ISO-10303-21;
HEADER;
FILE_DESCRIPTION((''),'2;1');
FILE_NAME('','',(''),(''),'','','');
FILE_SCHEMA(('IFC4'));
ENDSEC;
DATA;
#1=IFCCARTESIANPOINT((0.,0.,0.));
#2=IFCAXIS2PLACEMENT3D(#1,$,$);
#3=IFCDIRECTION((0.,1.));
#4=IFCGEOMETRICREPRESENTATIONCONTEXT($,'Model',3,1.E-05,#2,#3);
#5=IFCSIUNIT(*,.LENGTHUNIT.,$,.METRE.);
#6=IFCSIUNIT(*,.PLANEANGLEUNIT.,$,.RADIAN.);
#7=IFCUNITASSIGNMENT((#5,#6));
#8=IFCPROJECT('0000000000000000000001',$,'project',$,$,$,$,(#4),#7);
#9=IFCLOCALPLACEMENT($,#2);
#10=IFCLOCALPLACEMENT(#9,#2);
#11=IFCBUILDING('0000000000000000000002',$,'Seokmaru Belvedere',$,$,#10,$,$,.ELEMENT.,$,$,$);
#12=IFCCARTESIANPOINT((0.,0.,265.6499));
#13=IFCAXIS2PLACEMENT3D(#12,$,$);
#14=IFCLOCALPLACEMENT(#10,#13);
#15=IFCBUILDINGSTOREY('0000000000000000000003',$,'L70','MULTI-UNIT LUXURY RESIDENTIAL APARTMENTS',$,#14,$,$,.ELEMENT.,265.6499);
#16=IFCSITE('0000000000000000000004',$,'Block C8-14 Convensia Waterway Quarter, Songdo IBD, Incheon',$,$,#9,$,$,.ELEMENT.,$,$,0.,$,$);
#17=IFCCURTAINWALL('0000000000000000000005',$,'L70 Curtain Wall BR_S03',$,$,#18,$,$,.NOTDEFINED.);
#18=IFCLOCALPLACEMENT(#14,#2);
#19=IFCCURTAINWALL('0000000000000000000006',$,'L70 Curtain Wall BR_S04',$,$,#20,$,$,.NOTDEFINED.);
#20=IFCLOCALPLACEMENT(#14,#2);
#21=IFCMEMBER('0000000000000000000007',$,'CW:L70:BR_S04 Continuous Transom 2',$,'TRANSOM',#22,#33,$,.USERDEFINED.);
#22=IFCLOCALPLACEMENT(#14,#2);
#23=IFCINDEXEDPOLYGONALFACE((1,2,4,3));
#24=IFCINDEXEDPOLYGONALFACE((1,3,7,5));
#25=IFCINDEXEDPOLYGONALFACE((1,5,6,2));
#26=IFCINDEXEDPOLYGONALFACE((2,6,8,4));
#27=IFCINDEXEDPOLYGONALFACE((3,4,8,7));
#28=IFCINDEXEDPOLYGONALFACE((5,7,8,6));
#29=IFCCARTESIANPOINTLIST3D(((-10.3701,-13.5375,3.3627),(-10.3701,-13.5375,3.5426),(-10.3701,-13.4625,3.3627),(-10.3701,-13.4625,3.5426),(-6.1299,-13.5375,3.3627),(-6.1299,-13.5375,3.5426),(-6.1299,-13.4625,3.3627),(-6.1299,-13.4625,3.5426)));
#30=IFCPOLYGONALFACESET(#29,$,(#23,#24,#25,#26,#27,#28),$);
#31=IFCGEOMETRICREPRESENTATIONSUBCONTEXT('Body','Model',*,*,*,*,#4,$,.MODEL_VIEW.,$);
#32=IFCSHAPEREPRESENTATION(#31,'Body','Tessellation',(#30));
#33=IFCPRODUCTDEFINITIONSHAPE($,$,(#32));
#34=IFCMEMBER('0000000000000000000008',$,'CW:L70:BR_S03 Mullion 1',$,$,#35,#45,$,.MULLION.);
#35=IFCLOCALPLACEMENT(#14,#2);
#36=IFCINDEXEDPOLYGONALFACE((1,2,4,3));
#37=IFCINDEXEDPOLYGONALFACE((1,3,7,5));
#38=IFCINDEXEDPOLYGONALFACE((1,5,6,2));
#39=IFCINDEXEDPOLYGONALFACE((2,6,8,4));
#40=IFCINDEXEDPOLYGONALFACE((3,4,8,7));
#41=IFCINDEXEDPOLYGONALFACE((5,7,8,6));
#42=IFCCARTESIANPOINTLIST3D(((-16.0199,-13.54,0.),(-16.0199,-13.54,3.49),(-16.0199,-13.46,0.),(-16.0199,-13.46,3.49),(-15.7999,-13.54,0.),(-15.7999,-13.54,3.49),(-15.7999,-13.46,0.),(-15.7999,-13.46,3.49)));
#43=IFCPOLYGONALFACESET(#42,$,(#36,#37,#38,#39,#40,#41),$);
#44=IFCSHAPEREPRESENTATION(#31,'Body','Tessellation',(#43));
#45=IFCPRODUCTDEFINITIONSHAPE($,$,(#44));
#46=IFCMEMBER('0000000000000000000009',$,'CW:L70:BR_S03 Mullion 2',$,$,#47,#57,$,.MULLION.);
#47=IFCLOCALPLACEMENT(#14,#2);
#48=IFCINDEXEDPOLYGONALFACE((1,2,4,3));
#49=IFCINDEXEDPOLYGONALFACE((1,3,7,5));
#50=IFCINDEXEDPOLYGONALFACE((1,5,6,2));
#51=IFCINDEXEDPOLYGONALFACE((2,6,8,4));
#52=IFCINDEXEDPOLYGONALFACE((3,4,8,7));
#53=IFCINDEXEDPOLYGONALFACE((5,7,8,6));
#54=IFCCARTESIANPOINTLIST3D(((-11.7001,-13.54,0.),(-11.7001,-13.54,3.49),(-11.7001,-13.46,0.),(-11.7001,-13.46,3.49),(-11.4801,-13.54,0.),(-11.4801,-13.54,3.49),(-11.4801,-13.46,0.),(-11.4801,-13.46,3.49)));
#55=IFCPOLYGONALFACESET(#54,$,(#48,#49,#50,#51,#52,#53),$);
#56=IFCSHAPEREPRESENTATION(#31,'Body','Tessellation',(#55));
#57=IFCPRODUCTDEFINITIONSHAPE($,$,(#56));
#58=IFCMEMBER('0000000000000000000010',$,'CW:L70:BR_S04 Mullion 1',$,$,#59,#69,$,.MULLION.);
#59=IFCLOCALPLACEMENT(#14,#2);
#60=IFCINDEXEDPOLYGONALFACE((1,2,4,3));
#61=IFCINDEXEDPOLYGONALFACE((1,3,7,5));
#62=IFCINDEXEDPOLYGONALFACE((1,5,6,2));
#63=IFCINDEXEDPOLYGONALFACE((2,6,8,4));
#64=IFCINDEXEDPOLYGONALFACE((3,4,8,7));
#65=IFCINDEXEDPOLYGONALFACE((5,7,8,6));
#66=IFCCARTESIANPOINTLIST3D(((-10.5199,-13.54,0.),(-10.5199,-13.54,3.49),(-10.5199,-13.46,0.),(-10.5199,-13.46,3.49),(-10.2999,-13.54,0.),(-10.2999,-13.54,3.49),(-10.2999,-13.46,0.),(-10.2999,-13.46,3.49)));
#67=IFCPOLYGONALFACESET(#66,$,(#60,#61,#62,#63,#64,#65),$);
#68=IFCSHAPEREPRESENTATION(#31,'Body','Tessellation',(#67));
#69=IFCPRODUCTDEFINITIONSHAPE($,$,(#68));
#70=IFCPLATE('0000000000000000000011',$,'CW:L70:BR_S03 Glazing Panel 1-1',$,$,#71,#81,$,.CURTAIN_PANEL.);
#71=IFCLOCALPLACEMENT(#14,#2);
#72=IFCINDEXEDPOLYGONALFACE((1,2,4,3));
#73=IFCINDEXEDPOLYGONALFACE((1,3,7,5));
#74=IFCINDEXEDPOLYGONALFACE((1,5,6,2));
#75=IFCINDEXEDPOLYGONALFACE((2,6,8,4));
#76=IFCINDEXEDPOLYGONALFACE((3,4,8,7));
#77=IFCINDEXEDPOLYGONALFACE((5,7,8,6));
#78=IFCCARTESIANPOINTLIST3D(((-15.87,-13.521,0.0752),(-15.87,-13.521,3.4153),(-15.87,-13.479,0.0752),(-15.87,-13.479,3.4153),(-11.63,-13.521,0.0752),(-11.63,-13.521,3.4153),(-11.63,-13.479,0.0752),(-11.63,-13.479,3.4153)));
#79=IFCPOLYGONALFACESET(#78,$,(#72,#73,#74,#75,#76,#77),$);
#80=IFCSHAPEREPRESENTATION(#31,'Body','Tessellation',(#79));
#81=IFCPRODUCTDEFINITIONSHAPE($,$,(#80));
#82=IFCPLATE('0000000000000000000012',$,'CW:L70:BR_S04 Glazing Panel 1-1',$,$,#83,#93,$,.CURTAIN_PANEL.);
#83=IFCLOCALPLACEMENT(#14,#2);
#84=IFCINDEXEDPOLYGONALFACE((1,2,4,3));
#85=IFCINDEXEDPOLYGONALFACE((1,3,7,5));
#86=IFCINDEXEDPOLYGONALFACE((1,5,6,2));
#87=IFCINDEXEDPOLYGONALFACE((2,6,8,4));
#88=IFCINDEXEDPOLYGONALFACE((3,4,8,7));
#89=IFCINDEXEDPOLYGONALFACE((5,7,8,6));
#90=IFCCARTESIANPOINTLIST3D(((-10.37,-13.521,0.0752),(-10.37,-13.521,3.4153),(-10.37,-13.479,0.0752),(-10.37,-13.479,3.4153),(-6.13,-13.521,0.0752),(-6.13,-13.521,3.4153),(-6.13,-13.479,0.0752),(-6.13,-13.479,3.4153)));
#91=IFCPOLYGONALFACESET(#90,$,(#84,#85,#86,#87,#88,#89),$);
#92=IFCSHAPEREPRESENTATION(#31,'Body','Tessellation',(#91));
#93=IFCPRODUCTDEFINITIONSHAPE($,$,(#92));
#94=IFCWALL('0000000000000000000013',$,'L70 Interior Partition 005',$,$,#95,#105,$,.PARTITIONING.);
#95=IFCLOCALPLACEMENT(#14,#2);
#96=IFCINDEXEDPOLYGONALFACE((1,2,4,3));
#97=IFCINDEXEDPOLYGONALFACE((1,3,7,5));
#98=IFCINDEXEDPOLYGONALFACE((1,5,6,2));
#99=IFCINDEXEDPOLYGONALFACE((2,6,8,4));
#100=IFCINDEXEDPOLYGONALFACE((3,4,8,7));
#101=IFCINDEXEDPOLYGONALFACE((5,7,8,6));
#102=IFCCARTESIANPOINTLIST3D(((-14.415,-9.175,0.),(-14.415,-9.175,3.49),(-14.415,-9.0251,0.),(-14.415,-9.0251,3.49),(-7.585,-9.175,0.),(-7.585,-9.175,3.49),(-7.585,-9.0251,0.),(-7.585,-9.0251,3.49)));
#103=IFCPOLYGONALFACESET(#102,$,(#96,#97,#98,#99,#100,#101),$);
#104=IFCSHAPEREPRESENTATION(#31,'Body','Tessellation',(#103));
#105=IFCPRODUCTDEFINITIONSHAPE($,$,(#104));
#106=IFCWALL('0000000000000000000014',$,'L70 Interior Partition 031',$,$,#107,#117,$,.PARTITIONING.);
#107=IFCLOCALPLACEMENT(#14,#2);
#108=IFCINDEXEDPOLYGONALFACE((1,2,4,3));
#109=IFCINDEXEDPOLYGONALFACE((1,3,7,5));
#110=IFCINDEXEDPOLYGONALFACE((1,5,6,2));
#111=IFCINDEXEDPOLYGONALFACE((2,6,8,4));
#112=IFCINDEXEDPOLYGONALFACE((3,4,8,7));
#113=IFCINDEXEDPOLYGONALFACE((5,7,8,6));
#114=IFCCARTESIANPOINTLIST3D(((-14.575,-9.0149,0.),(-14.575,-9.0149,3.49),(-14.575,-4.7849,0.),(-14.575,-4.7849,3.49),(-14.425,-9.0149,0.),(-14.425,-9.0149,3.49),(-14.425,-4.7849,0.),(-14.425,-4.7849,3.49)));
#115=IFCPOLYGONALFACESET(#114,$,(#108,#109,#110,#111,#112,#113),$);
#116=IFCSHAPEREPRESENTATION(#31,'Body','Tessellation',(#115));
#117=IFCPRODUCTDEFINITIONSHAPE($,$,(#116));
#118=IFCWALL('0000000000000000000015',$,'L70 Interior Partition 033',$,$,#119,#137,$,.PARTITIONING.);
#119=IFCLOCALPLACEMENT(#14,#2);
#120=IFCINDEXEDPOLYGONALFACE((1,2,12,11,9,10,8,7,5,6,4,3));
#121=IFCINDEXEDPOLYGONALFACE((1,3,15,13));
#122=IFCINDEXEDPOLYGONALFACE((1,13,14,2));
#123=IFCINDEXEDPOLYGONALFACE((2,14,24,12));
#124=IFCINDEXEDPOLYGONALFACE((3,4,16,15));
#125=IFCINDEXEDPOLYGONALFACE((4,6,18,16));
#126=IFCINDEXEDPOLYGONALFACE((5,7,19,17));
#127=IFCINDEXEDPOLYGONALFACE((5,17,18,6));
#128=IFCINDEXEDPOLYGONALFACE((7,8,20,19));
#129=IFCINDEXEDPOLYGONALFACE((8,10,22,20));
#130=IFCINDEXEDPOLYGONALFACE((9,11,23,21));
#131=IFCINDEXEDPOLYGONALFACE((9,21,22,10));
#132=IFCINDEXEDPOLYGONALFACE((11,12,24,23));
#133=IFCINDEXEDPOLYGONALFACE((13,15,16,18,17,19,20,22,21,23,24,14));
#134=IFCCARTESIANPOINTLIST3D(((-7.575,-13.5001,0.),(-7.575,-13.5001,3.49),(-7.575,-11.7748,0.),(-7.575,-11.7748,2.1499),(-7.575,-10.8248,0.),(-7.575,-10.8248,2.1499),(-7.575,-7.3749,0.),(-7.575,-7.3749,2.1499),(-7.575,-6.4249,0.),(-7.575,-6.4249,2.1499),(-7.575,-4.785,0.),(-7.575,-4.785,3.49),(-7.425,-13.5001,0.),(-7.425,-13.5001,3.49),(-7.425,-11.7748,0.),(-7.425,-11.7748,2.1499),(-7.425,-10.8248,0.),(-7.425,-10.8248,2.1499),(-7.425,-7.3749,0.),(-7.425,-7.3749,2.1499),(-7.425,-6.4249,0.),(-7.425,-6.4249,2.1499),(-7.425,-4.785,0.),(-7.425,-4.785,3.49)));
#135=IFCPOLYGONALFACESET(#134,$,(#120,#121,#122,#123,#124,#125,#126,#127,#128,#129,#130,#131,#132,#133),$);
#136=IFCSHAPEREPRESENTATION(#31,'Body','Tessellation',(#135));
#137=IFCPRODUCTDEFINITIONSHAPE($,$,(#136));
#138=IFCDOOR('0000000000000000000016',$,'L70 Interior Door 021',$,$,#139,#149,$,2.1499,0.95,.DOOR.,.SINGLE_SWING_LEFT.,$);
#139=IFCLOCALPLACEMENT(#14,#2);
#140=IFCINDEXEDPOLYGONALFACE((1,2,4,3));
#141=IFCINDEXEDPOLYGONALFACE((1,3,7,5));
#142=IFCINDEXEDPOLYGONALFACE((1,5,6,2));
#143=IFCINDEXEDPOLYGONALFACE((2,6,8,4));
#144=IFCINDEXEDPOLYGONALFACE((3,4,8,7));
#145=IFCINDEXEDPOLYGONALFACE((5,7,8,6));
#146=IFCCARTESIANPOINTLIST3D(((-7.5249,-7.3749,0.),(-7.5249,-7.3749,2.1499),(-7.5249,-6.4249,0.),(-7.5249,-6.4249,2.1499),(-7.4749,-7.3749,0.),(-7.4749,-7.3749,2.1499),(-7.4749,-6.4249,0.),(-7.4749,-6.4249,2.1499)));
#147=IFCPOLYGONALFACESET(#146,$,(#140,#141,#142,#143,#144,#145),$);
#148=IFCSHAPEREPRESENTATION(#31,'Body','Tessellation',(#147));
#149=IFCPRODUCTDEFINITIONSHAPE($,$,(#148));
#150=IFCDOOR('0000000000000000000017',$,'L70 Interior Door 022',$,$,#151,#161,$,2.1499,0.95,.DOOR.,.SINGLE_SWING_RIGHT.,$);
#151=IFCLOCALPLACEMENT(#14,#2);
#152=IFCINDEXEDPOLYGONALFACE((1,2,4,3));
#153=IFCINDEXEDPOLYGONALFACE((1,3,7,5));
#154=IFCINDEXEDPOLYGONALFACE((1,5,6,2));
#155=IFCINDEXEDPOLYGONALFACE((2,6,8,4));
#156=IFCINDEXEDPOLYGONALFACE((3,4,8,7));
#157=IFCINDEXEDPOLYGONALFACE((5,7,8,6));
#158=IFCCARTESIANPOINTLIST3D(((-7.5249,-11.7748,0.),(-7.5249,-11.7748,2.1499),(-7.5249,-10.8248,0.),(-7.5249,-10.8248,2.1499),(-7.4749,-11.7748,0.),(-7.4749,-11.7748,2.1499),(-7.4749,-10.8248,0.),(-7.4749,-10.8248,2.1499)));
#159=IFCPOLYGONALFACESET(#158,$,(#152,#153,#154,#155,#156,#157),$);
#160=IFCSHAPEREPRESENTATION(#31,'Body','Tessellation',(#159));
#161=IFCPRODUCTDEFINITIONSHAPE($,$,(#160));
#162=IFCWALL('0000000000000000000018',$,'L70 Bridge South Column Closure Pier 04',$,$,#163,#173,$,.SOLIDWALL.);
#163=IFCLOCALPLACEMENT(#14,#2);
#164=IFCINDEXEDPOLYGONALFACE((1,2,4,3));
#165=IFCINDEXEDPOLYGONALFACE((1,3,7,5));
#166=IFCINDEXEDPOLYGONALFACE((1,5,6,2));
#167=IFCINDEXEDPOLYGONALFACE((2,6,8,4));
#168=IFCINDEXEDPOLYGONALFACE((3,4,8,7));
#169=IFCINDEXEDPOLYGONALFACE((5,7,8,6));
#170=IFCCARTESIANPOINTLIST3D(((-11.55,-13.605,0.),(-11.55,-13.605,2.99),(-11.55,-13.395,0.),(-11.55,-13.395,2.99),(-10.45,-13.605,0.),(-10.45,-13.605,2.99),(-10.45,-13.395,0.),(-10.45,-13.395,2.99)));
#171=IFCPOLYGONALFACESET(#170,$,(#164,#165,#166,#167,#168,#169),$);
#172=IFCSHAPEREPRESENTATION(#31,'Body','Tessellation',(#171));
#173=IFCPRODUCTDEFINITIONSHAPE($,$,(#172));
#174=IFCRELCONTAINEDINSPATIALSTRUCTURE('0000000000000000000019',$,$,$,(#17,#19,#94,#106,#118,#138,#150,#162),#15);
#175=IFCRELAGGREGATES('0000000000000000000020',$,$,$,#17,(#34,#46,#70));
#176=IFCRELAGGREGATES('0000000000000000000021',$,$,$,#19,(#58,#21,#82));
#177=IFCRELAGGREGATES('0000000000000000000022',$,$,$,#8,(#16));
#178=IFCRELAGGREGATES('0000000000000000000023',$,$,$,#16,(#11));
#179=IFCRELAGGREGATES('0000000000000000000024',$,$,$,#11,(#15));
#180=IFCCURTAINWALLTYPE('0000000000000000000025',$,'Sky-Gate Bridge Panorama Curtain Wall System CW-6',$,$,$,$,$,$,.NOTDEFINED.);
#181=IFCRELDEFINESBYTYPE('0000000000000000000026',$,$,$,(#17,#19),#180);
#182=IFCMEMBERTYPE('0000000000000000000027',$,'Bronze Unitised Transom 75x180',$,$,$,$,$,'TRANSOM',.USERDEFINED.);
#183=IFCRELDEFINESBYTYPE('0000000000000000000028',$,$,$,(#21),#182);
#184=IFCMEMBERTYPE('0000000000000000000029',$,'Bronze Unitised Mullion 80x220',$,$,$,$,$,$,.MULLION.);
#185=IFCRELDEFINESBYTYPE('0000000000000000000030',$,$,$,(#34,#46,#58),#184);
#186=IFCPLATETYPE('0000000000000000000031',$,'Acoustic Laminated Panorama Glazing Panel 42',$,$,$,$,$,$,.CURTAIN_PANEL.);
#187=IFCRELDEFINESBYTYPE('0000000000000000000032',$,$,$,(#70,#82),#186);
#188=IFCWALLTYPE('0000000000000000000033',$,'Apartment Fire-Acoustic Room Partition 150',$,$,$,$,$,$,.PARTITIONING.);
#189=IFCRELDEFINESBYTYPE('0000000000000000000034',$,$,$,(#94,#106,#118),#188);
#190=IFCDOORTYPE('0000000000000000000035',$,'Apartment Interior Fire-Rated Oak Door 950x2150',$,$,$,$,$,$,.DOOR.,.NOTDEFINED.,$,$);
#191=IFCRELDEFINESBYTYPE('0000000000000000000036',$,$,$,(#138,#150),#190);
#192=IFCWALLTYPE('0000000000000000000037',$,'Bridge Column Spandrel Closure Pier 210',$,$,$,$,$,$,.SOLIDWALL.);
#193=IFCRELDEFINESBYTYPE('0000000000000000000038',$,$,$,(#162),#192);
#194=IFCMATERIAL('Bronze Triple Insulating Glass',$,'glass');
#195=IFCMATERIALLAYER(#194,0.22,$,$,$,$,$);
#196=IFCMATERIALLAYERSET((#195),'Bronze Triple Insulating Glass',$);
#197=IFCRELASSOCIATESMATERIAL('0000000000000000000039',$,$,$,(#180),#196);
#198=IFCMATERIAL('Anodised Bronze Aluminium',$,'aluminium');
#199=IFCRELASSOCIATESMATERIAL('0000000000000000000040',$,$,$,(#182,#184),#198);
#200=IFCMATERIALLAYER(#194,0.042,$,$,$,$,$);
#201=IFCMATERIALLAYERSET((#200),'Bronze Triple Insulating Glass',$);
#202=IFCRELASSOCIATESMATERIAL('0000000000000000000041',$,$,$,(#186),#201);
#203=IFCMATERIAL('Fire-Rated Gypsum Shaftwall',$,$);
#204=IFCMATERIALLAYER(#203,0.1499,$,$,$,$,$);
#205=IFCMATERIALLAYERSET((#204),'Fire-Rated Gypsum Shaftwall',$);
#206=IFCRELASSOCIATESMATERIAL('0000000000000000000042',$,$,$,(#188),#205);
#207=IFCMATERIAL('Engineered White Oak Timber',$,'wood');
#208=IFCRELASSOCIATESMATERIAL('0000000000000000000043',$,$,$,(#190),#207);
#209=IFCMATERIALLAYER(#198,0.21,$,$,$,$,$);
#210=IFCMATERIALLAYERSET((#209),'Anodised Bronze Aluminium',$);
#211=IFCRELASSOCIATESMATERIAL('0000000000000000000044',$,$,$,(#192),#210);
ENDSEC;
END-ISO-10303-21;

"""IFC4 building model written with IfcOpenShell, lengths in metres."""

from ifc_helpers import new_model, si_unit, direction, frame, frame_2d, origin, origin_2d, place, context, subcontext, project, spatial, rectangle, extrude, source, transform, mapped, material, layer, layer_set, material_profile, profile_set, type_object, type_shapes, element, fill, aggregate, save


model = new_model("IFC4")

# Units and contexts
model_context = context("Model", 3, precision=1e-05, world=origin(), true_north=direction((0.0, 1.0)))
body_context = subcontext(model_context, "Body", "Model", "MODEL_VIEW")
ifc_project = project(units=[si_unit("LENGTHUNIT", "METRE"), si_unit("PLANEANGLEUNIT", "RADIAN")], contexts=[model_context])

# Site, building, storey
site_placement = place(None, origin())
site = spatial("IfcSite", under=ifc_project, at=site_placement, Name="Block C8-14 Convensia Waterway Quarter, Songdo IBD, Incheon", CompositionType="ELEMENT", RefElevation=0.0)
building_placement = place(site_placement, origin())
building = spatial("IfcBuilding", under=site, at=building_placement, Name="Seokmaru Belvedere", CompositionType="ELEMENT")
storey_placement = place(building_placement, frame((0.0, 0.0, 265.6499)))
storey = spatial("IfcBuildingStorey", under=building, at=storey_placement, Name="L70", Description="MULTI-UNIT LUXURY RESIDENTIAL APARTMENTS", CompositionType="ELEMENT", Elevation=265.6499)

# Curtain walls, member
ifc_material_1 = material(Name="Bronze Triple Insulating Glass", Category="glass")
ifc_layer_1 = layer(ifc_material_1, 0.22)
ifc_layer_set_1 = layer_set([ifc_layer_1], Name="Bronze Triple Insulating Glass")
curtain_wall_type = type_object("IfcCurtainWallType", Name="Sky-Gate Bridge Panorama Curtain Wall System CW-6", PredefinedType="NOTDEFINED", material=ifc_layer_set_1)
curtain_wall_1_placement = place(storey_placement, origin())
curtain_wall_1 = element("IfcCurtainWall", 1, at=curtain_wall_1_placement, inside=storey, type_object=curtain_wall_type, Name="L70 Curtain Wall BR_S03", PredefinedType="NOTDEFINED")
ifc_material_2 = material(Name="Anodised Bronze Aluminium", Category="aluminium")
ifc_material_profile_1 = material_profile(ifc_material_2, rectangle(XDim=0.075, YDim=0.1799, at=origin_2d()), Name="CW-T-75x180")
ifc_profile_set_1 = profile_set([ifc_material_profile_1], Name="Anodised Bronze Aluminium")
member_type_1 = type_object("IfcMemberType", Name="Bronze Unitised Transom 75x180", ElementType="TRANSOM", PredefinedType="USERDEFINED", material=ifc_profile_set_1)
shared_shape_1 = source(origin(), body_context, "Body", "SweptSolid", [
    extrude(rectangle(XDim=0.075, YDim=0.1799, at=origin_2d()), origin(), (0.0, 0.0, 1.0), 4.2402),
])
type_shapes(member_type_1, [shared_shape_1])
curtain_wall_2_placement = place(storey_placement, origin())
curtain_wall_2 = element("IfcCurtainWall", 2, at=curtain_wall_2_placement, inside=storey, type_object=curtain_wall_type, Name="L70 Curtain Wall BR_S04", PredefinedType="NOTDEFINED")
member_1_placement = place(storey_placement, frame((-10.3701, -13.5, 3.4526), z_axis=(1.0, 0.0, 0.0), x_axis=(0.0, 1.0, 0.0)))
member_1 = element("IfcMember", 3, at=member_1_placement, type_object=member_type_1, Name="CW:L70:BR_S04 Continuous Transom 2", ObjectType="TRANSOM", PredefinedType="USERDEFINED", context=body_context, shape_type="MappedRepresentation", body=[
    mapped(shared_shape_1, transform((0.0, 0.0, 0.0), scale=1.0)),
])

# Members
ifc_material_profile_2 = material_profile(ifc_material_2, rectangle(XDim=0.0801, YDim=0.22, at=origin_2d()), Name="CW-M-80x220")
ifc_profile_set_2 = profile_set([ifc_material_profile_2], Name="Anodised Bronze Aluminium")
member_type_2 = type_object("IfcMemberType", Name="Bronze Unitised Mullion 80x220", PredefinedType="MULLION", material=ifc_profile_set_2)
shared_shape_2 = source(origin(), body_context, "Body", "SweptSolid", [
    extrude(rectangle(XDim=0.0801, YDim=0.22, at=origin_2d()), origin(), (0.0, 0.0, 1.0), 3.49),
])
type_shapes(member_type_2, [shared_shape_2])
member_2_placement = place(storey_placement, frame((-15.9099, -13.5, 0.0), z_axis=(0.0, 0.0, 1.0), x_axis=(0.0, 1.0, 0.0)))
member_2 = element("IfcMember", 4, at=member_2_placement, type_object=member_type_2, Name="CW:L70:BR_S03 Mullion 1", PredefinedType="MULLION", context=body_context, shape_type="MappedRepresentation", body=[
    mapped(shared_shape_2, transform((0.0, 0.0, 0.0), scale=1.0)),
])
member_3_placement = place(storey_placement, frame((-11.5901, -13.5, 0.0), z_axis=(0.0, 0.0, 1.0), x_axis=(0.0, 1.0, 0.0)))
member_3 = element("IfcMember", 5, at=member_3_placement, type_object=member_type_2, Name="CW:L70:BR_S03 Mullion 2", PredefinedType="MULLION", context=body_context, shape_type="MappedRepresentation", body=[
    mapped(shared_shape_2, transform((0.0, 0.0, 0.0), scale=1.0)),
])
member_4_placement = place(storey_placement, frame((-10.4099, -13.5, 0.0), z_axis=(0.0, 0.0, 1.0), x_axis=(0.0, 1.0, 0.0)))
member_4 = element("IfcMember", 6, at=member_4_placement, type_object=member_type_2, Name="CW:L70:BR_S04 Mullion 1", PredefinedType="MULLION", context=body_context, shape_type="MappedRepresentation", body=[
    mapped(shared_shape_2, transform((0.0, 0.0, 0.0), scale=1.0)),
])

# Plates
ifc_layer_2 = layer(ifc_material_1, 0.042)
ifc_layer_set_2 = layer_set([ifc_layer_2], Name="Bronze Triple Insulating Glass")
plate_type = type_object("IfcPlateType", Name="Acoustic Laminated Panorama Glazing Panel 42", PredefinedType="CURTAIN_PANEL", material=ifc_layer_set_2)
shared_shape_3 = source(origin(), body_context, "Body", "SweptSolid", [
    extrude(rectangle(XDim=4.24, YDim=0.042, at=origin_2d()), origin(), (0.0, 0.0, 1.0), 3.3401),
])
type_shapes(plate_type, [shared_shape_3])
plate_1_placement = place(storey_placement, frame((-13.75, -13.5, 0.0752), z_axis=(0.0, 0.0, 1.0), x_axis=(1.0, 0.0, 0.0)))
plate_1 = element("IfcPlate", 7, at=plate_1_placement, type_object=plate_type, Name="CW:L70:BR_S03 Glazing Panel 1-1", PredefinedType="CURTAIN_PANEL", context=body_context, shape_type="MappedRepresentation", body=[
    mapped(shared_shape_3, transform((0.0, 0.0, 0.0), scale=1.0)),
])
aggregate(curtain_wall_1, [member_2, member_3, plate_1])
plate_2_placement = place(storey_placement, frame((-8.25, -13.5, 0.0752), z_axis=(0.0, 0.0, 1.0), x_axis=(1.0, 0.0, 0.0)))
plate_2 = element("IfcPlate", 8, at=plate_2_placement, type_object=plate_type, Name="CW:L70:BR_S04 Glazing Panel 1-1", PredefinedType="CURTAIN_PANEL", context=body_context, shape_type="MappedRepresentation", body=[
    mapped(shared_shape_3, transform((0.0, 0.0, 0.0), scale=1.0)),
])
aggregate(curtain_wall_2, [member_4, member_1, plate_2])

# Walls
ifc_material_3 = material(Name="Fire-Rated Gypsum Shaftwall")
ifc_layer_3 = layer(ifc_material_3, 0.1499)
ifc_layer_set_3 = layer_set([ifc_layer_3], Name="Fire-Rated Gypsum Shaftwall")
wall_type_1 = type_object("IfcWallType", Name="Apartment Fire-Acoustic Room Partition 150", PredefinedType="PARTITIONING", material=ifc_layer_set_3)
wall_1_placement = place(storey_placement, frame((-14.415, -9.1001, 0.0), z_axis=(0.0, 0.0, 1.0), x_axis=(1.0, 0.0, 0.0)))
element("IfcWall", 9, at=wall_1_placement, inside=storey, type_object=wall_type_1, Name="L70 Interior Partition 005", PredefinedType="PARTITIONING", context=body_context, shape_type="SweptSolid", body=[
    extrude(rectangle(XDim=6.8301, YDim=0.1499, at=frame_2d((3.415, 0.0))), origin(), (0.0, 0.0, 1.0), 3.49),
])
wall_2_placement = place(storey_placement, frame((-14.5, -9.0149, 0.0), z_axis=(0.0, 0.0, 1.0), x_axis=(0.0, 1.0, 0.0)))
element("IfcWall", 10, at=wall_2_placement, inside=storey, type_object=wall_type_1, Name="L70 Interior Partition 031", PredefinedType="PARTITIONING", context=body_context, shape_type="SweptSolid", body=[
    extrude(rectangle(XDim=4.23, YDim=0.1499, at=frame_2d((2.115, 0.0))), origin(), (0.0, 0.0, 1.0), 3.49),
])

# Wall, openings, doors
wall_3_placement = place(storey_placement, frame((-7.5, -13.5, 0.0), z_axis=(0.0, 0.0, 1.0), x_axis=(0.0, 1.0, 0.0)))
wall_3 = element("IfcWall", 11, at=wall_3_placement, inside=storey, type_object=wall_type_1, Name="L70 Interior Partition 033", PredefinedType="PARTITIONING", context=body_context, shape_type="SweptSolid", body=[
    extrude(rectangle(XDim=8.7151, YDim=0.1499, at=frame_2d((4.3574, 0.0))), origin(), (0.0, 0.0, 1.0), 3.49),
])
opening_1_placement = place(wall_3_placement, frame((6.125, 0.0, 0.0)))
opening_1 = element("IfcOpeningElement", 12, at=opening_1_placement, cuts=wall_3, PredefinedType="OPENING", context=body_context, shape_type="SweptSolid", body=[
    extrude(rectangle(XDim=0.95, YDim=2.1499, at=frame_2d((0.4751, 1.075))), frame((0.0, 0.085, 0.0), z_axis=(0.0, -1.0, 0.0), x_axis=(1.0, 0.0, 0.0)), (0.0, 0.0, 1.0), 0.1699),
])
opening_2_placement = place(wall_3_placement, frame((1.7251, 0.0, 0.0)))
opening_2 = element("IfcOpeningElement", 13, at=opening_2_placement, cuts=wall_3, PredefinedType="OPENING", context=body_context, shape_type="SweptSolid", body=[
    extrude(rectangle(XDim=0.95, YDim=2.1499, at=frame_2d((0.4751, 1.075))), frame((0.0, 0.085, 0.0), z_axis=(0.0, -1.0, 0.0), x_axis=(1.0, 0.0, 0.0)), (0.0, 0.0, 1.0), 0.1699),
])
ifc_material_4 = material(Name="Engineered White Oak Timber", Category="wood")
door_type = type_object("IfcDoorType", Name="Apartment Interior Fire-Rated Oak Door 950x2150", OperationType="NOTDEFINED", PredefinedType="DOOR", material=ifc_material_4)
shared_shape_4 = source(origin(), body_context, "Body", "SweptSolid", [
    extrude(rectangle(XDim=0.95, YDim=2.1499, at=frame_2d((0.4751, 1.075))), frame((0.0, 0.0249, 0.0), z_axis=(0.0, -1.0, 0.0), x_axis=(1.0, 0.0, 0.0)), (0.0, 0.0, 1.0), 0.05),
])
type_shapes(door_type, [shared_shape_4])
door_1_placement = place(opening_1_placement, origin())
door_1 = element("IfcDoor", 14, at=door_1_placement, inside=storey, type_object=door_type, Name="L70 Interior Door 021", OperationType="SINGLE_SWING_LEFT", OverallHeight=2.1499, OverallWidth=0.95, PredefinedType="DOOR", context=body_context, shape_type="MappedRepresentation", body=[
    mapped(shared_shape_4, transform((0.0, 0.0, 0.0), scale=1.0)),
])
fill(opening_1, door_1)
door_2_placement = place(opening_2_placement, origin())
door_2 = element("IfcDoor", 15, at=door_2_placement, inside=storey, type_object=door_type, Name="L70 Interior Door 022", OperationType="SINGLE_SWING_RIGHT", OverallHeight=2.1499, OverallWidth=0.95, PredefinedType="DOOR", context=body_context, shape_type="MappedRepresentation", body=[
    mapped(shared_shape_4, transform((0.0, 0.0, 0.0), scale=1.0)),
])
fill(opening_2, door_2)

# Wall
ifc_layer_4 = layer(ifc_material_2, 0.21)
ifc_layer_set_4 = layer_set([ifc_layer_4], Name="Anodised Bronze Aluminium")
wall_type_2 = type_object("IfcWallType", Name="Bridge Column Spandrel Closure Pier 210", PredefinedType="SOLIDWALL", material=ifc_layer_set_4)
wall_4_placement = place(storey_placement, frame((-11.55, -13.5, 0.0), z_axis=(0.0, 0.0, 1.0), x_axis=(1.0, 0.0, 0.0)))
element("IfcWall", 16, at=wall_4_placement, inside=storey, type_object=wall_type_2, Name="L70 Bridge South Column Closure Pier 04", PredefinedType="SOLIDWALL", context=body_context, shape_type="SweptSolid", body=[
    extrude(rectangle(XDim=1.1001, YDim=0.21, at=frame_2d((0.55, 0.0))), origin(), (0.0, 0.0, 1.0), 2.99),
])

save(model, "model.ifc")
